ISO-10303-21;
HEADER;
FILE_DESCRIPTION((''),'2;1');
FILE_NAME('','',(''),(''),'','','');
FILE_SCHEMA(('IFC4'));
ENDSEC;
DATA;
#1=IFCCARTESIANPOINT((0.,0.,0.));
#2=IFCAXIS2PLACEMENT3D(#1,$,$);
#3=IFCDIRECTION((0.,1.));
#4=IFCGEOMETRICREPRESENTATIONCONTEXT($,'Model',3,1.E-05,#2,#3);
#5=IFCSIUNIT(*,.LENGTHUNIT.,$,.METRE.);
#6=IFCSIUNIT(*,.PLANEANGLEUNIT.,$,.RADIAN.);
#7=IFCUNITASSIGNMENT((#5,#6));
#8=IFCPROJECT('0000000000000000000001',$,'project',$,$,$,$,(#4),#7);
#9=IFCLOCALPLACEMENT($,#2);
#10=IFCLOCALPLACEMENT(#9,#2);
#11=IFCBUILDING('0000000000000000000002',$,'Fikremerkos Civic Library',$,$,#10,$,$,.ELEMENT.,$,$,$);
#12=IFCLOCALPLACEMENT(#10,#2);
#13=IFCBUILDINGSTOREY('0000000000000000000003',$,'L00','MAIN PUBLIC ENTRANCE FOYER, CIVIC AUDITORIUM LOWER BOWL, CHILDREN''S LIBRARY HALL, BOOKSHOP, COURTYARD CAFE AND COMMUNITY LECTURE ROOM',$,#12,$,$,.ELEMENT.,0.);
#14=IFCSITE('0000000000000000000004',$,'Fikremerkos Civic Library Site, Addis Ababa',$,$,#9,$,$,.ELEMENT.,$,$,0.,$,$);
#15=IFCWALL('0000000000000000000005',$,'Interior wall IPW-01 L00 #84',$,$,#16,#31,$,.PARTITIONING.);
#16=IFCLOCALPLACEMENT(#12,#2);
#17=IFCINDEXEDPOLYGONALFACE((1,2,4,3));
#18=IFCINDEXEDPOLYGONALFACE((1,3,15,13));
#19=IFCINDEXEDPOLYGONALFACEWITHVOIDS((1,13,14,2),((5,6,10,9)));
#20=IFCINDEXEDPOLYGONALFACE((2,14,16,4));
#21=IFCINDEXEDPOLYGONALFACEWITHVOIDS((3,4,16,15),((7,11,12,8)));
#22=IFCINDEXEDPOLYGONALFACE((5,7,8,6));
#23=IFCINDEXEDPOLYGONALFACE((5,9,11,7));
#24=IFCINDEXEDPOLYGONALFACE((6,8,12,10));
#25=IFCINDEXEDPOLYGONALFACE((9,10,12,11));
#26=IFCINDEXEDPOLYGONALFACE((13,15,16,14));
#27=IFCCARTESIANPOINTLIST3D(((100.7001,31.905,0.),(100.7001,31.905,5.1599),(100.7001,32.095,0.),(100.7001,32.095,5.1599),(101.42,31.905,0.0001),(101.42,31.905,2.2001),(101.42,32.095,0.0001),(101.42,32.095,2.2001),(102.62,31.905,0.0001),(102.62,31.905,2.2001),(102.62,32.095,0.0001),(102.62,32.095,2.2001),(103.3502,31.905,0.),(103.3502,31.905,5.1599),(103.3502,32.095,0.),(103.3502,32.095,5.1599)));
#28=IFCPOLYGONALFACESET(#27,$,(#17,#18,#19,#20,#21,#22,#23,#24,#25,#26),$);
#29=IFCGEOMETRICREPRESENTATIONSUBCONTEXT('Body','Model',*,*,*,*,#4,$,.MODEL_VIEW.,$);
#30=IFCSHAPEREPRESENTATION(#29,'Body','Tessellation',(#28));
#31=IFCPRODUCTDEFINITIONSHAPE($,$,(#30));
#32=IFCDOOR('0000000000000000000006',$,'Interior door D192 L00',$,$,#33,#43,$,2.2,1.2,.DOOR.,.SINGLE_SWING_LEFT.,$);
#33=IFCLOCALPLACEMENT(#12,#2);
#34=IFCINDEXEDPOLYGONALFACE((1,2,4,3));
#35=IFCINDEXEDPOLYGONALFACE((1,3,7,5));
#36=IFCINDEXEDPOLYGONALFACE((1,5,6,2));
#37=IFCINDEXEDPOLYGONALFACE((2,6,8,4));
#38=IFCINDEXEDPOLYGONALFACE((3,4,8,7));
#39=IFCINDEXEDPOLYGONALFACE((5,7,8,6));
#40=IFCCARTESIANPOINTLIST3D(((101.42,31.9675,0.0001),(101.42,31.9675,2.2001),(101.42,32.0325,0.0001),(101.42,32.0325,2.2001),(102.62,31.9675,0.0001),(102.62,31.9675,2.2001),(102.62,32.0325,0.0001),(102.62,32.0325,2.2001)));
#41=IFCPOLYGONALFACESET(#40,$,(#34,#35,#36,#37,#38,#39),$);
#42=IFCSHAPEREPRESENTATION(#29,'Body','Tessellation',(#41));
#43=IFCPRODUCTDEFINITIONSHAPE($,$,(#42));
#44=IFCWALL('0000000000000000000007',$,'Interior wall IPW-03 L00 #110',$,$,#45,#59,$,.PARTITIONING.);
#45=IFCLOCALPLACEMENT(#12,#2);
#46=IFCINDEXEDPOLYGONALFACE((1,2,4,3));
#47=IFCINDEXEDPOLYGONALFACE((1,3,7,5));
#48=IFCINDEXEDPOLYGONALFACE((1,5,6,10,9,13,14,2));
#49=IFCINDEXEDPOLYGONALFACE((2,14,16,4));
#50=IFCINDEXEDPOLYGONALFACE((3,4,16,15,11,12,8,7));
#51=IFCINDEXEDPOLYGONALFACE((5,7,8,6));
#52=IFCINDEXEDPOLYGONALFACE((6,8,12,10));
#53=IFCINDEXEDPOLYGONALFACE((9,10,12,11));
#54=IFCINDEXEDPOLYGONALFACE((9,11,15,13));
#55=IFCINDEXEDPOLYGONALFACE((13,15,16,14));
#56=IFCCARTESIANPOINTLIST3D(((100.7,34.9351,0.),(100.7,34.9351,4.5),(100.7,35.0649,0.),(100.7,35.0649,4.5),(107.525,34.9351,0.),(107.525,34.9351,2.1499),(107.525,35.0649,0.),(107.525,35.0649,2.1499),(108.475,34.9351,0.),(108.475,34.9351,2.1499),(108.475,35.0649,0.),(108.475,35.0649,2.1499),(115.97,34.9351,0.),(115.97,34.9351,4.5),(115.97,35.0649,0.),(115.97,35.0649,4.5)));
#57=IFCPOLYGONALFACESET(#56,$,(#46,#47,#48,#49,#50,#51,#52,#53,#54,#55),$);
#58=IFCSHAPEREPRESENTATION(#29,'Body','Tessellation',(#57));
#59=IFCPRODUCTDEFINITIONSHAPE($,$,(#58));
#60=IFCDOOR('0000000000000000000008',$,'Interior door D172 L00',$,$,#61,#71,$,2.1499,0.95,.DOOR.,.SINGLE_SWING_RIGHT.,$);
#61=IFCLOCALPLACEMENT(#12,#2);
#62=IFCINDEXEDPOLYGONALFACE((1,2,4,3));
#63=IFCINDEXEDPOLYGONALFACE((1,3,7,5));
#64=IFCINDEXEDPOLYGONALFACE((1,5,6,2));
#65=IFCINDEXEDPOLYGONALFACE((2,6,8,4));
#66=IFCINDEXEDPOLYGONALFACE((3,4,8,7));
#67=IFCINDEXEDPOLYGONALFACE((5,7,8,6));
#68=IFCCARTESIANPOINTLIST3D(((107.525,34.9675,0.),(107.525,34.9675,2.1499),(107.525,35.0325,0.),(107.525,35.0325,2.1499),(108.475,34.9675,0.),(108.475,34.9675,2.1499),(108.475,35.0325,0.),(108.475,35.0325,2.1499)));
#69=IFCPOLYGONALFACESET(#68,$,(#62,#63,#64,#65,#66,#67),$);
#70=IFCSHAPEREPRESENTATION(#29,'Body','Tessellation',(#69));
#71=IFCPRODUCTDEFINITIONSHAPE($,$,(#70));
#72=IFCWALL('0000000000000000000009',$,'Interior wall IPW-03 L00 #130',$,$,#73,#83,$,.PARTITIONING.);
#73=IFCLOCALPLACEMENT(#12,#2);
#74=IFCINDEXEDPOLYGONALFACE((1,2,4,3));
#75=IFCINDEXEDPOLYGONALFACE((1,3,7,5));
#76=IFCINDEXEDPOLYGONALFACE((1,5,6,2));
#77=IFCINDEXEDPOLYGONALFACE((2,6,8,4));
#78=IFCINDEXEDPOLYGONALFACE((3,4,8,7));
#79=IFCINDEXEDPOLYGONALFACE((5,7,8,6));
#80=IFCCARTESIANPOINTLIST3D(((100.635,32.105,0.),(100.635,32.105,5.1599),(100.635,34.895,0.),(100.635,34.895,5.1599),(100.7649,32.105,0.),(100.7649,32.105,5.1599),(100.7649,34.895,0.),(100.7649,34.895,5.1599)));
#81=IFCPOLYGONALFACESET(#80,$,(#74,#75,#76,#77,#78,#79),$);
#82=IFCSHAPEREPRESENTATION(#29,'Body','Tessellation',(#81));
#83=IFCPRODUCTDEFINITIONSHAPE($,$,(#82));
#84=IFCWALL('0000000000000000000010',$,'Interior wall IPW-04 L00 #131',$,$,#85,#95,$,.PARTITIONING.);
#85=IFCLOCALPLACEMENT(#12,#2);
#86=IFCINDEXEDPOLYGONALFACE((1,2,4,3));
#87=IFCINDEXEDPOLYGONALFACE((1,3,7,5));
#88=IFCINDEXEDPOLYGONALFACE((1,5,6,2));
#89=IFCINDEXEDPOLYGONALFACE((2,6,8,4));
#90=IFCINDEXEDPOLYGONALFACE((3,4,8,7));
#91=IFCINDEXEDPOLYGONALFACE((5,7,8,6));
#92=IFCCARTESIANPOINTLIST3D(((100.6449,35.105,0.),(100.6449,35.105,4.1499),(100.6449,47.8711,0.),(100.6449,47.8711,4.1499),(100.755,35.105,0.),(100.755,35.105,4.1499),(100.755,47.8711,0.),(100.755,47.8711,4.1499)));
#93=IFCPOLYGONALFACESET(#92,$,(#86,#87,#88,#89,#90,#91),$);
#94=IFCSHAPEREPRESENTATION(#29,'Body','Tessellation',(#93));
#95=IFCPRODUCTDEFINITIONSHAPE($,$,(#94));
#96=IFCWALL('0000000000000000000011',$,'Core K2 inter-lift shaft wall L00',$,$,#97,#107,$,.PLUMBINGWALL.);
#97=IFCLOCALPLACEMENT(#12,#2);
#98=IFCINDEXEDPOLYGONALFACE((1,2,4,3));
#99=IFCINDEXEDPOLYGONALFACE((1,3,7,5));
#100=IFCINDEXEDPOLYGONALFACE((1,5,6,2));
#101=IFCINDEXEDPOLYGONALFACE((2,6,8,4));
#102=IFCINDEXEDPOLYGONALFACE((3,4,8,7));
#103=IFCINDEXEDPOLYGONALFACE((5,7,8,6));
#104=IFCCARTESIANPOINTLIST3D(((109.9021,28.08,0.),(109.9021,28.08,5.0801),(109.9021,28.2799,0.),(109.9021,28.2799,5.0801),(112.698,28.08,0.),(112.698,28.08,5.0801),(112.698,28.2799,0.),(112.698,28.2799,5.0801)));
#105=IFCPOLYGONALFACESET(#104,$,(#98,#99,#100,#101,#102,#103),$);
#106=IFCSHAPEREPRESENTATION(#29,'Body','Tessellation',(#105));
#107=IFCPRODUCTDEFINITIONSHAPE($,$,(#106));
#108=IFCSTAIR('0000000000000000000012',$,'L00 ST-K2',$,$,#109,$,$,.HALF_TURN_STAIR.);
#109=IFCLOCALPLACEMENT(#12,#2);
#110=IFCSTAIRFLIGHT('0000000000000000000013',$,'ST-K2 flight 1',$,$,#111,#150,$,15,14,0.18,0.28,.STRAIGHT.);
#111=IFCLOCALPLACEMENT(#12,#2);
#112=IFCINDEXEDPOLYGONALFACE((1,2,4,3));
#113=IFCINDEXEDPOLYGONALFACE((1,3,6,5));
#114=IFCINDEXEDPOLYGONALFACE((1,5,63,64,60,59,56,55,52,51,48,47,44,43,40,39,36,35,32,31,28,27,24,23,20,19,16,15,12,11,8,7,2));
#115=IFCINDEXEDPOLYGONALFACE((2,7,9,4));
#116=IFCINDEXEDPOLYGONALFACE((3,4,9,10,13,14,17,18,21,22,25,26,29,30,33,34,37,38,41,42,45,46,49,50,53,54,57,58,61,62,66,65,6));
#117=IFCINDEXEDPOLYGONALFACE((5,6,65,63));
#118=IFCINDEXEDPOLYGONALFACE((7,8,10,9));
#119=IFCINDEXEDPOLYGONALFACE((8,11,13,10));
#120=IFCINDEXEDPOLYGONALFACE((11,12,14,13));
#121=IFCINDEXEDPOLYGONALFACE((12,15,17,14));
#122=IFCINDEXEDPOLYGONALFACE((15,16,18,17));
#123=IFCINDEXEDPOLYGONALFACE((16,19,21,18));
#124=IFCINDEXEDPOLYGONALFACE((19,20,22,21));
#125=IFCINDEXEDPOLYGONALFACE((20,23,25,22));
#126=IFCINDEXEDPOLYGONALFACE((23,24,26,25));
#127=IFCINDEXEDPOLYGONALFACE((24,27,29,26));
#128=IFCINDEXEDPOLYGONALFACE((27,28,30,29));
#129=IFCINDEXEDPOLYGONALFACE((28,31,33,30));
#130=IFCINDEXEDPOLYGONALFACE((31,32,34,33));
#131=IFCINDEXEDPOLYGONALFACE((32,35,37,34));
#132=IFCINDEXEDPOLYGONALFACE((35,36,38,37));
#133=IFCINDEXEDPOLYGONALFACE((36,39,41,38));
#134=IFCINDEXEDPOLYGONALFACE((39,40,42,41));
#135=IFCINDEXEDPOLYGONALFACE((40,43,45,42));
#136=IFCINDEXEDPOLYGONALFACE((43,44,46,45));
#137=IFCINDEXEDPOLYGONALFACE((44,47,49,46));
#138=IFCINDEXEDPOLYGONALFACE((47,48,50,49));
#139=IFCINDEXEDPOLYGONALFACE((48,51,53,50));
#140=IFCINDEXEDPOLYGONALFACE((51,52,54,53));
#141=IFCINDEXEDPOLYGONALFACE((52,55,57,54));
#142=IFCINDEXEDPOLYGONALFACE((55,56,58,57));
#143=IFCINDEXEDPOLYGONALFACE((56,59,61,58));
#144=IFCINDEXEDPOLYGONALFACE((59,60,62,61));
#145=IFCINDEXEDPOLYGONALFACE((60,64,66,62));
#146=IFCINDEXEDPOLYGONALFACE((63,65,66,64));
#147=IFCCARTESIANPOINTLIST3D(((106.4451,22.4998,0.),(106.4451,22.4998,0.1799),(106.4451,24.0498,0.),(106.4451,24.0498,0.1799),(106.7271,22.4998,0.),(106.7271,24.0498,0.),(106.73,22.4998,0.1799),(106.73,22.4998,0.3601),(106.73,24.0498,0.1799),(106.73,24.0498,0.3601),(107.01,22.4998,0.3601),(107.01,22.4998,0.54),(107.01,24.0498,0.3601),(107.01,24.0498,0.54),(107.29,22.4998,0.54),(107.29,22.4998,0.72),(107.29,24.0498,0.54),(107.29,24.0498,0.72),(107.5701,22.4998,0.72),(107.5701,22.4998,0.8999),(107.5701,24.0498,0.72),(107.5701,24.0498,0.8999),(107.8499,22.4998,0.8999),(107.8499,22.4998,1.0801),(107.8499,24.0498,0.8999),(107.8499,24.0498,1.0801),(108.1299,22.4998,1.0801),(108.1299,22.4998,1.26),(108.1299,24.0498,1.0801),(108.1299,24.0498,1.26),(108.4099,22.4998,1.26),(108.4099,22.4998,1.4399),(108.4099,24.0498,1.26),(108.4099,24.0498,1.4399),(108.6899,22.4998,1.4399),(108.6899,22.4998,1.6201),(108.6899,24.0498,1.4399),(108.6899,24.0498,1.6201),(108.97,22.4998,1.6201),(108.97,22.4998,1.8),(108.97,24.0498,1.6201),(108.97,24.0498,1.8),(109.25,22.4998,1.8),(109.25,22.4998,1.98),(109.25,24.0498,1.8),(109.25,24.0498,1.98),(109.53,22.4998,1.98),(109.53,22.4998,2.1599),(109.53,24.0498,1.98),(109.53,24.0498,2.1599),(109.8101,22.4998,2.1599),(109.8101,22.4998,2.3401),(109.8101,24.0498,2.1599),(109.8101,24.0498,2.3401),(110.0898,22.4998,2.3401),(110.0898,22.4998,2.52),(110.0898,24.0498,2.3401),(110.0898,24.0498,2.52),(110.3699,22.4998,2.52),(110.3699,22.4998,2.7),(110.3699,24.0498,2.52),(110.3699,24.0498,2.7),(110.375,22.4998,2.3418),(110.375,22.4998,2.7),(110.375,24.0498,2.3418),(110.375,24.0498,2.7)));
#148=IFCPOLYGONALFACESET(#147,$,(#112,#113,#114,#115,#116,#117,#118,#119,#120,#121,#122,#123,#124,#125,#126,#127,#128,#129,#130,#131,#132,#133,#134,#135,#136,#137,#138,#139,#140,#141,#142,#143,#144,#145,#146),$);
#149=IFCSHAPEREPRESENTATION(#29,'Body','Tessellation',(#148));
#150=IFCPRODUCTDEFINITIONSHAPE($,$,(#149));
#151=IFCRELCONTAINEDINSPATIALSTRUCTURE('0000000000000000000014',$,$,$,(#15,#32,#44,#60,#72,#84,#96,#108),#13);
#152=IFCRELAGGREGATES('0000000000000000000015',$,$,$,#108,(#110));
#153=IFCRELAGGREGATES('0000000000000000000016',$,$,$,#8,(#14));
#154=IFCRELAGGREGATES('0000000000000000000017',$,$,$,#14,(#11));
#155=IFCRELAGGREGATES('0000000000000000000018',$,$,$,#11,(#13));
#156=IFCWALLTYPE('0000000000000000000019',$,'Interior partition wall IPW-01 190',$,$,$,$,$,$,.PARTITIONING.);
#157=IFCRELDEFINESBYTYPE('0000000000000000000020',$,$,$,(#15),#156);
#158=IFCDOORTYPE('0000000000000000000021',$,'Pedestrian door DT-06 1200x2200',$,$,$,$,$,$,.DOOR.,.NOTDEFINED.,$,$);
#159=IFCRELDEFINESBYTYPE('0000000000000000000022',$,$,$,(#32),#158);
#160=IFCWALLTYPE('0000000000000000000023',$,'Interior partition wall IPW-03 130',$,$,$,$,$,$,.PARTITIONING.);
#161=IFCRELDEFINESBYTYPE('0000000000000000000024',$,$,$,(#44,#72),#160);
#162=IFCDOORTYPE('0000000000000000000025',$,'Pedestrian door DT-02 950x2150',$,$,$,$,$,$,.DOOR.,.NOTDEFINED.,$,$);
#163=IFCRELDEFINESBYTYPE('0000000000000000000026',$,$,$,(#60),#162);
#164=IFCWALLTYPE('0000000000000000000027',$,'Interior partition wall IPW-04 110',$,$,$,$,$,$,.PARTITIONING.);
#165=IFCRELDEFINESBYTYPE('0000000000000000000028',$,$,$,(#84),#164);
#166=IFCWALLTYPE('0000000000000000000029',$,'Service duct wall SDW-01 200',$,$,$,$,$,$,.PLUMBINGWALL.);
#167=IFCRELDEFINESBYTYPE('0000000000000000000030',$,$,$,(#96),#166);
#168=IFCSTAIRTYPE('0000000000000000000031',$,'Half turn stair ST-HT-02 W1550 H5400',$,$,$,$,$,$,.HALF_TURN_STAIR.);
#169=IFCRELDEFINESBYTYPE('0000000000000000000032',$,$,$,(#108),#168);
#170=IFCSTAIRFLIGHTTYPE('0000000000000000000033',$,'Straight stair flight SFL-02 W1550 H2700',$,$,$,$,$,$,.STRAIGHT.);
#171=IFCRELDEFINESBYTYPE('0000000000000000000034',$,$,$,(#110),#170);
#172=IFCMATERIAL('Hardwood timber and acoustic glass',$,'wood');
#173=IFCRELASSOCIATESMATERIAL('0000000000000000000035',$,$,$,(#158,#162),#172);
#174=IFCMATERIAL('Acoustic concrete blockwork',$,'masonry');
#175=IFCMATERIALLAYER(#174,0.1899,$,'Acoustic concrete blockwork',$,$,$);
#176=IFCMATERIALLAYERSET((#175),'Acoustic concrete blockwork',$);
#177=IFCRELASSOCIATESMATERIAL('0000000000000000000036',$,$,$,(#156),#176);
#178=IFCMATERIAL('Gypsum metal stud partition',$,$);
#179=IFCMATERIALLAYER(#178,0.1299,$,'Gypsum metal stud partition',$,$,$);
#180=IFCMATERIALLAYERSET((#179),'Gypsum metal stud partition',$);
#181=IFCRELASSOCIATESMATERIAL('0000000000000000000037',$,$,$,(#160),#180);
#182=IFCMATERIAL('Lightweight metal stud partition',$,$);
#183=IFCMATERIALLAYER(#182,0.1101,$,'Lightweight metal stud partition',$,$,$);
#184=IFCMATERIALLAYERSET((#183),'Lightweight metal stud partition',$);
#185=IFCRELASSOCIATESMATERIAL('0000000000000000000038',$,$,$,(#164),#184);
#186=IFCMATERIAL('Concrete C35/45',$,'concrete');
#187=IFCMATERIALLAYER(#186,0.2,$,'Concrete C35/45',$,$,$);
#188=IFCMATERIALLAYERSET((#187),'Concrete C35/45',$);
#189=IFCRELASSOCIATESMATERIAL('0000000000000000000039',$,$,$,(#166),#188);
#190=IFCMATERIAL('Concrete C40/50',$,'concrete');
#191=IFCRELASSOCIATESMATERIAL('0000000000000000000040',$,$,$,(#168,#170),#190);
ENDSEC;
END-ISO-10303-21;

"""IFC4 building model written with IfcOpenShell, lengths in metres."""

from ifc_helpers import new_model, si_unit, direction, frame, frame_2d, origin, place, context, subcontext, project, spatial, polyline, rectangle, outline, extrude, material, layer, layer_set, type_object, element, fill, aggregate, save


model = new_model("IFC4")

# Units and contexts
model_context = context("Model", 3, precision=1e-05, world=origin(), true_north=direction((0.0, 1.0)))
body_context = subcontext(model_context, "Body", "Model", "MODEL_VIEW")
ifc_project = project(units=[si_unit("LENGTHUNIT", "METRE"), si_unit("PLANEANGLEUNIT", "RADIAN")], contexts=[model_context])

# Site, building, storey
site_placement = place(None, origin())
site = spatial("IfcSite", under=ifc_project, at=site_placement, Name="Fikremerkos Civic Library Site, Addis Ababa", CompositionType="ELEMENT", RefElevation=0.0)
building_placement = place(site_placement, origin())
building = spatial("IfcBuilding", under=site, at=building_placement, Name="Fikremerkos Civic Library", CompositionType="ELEMENT")
storey_placement = place(building_placement, origin())
storey = spatial("IfcBuildingStorey", under=building, at=storey_placement, Name="L00", Description="MAIN PUBLIC ENTRANCE FOYER, CIVIC AUDITORIUM LOWER BOWL, CHILDREN'S LIBRARY HALL, BOOKSHOP, COURTYARD CAFE AND COMMUNITY LECTURE ROOM", CompositionType="ELEMENT", Elevation=0.0)

# Shared definitions
ifc_material_1 = material(Name="Concrete C40/50", Category="concrete")

# Shared definitions
ifc_material_2 = material(Name="Hardwood timber and acoustic glass", Category="wood")

# Shared definitions
door_type_1 = type_object("IfcDoorType", Name="Pedestrian door DT-06 1200x2200", OperationType="NOTDEFINED", PredefinedType="DOOR", material=ifc_material_2)

# Walls, openings, doors
ifc_material_3 = material(Name="Acoustic concrete blockwork", Category="masonry")
ifc_layer_1 = layer(ifc_material_3, 0.1899, Name="Acoustic concrete blockwork")
ifc_layer_set_1 = layer_set([ifc_layer_1], Name="Acoustic concrete blockwork")
wall_type_1 = type_object("IfcWallType", Name="Interior partition wall IPW-01 190", PredefinedType="PARTITIONING", material=ifc_layer_set_1)
wall_1_placement = place(storey_placement, frame((100.7, 32.0, 0.0), z_axis=(0.0, 0.0, 1.0), x_axis=(1.0, 0.0, 0.0)))
wall_1 = element("IfcWall", 1, at=wall_1_placement, inside=storey, type_object=wall_type_1, Name="Interior wall IPW-01 L00 #84", PredefinedType="PARTITIONING", context=body_context, shape_type="SweptSolid", body=[
    extrude(rectangle(XDim=2.6501, YDim=0.1899, at=frame_2d((1.3252, 0.0))), origin(), (0.0, 0.0, 1.0), 5.1599),
])
opening_1_placement = place(wall_1_placement, frame((0.72, 0.0, 0.0)))
opening_1 = element("IfcOpeningElement", 2, at=opening_1_placement, cuts=wall_1, PredefinedType="OPENING", context=body_context, shape_type="SweptSolid", body=[
    extrude(rectangle(XDim=1.2, YDim=2.2, at=frame_2d((0.6001, 1.1001))), frame((0.0, 0.105, 0.0), z_axis=(0.0, -1.0, 0.0), x_axis=(1.0, 0.0, 0.0)), (0.0, 0.0, 1.0), 0.21),
])
door_1_placement = place(opening_1_placement, origin())
door_1 = element("IfcDoor", 3, at=door_1_placement, inside=storey, type_object=door_type_1, Name="Interior door D192 L00", OperationType="SINGLE_SWING_LEFT", OverallHeight=2.2, OverallWidth=1.2, PredefinedType="DOOR", context=body_context, shape_type="SweptSolid", body=[
    extrude(rectangle(XDim=1.2, YDim=2.2, at=frame_2d((0.6001, 1.1001))), frame((0.0, 0.0325, 0.0), z_axis=(0.0, -1.0, 0.0), x_axis=(1.0, 0.0, 0.0)), (0.0, 0.0, 1.0), 0.0649),
])
fill(opening_1, door_1)
ifc_material_4 = material(Name="Gypsum metal stud partition")
ifc_layer_2 = layer(ifc_material_4, 0.1299, Name="Gypsum metal stud partition")
ifc_layer_set_2 = layer_set([ifc_layer_2], Name="Gypsum metal stud partition")
wall_type_2 = type_object("IfcWallType", Name="Interior partition wall IPW-03 130", PredefinedType="PARTITIONING", material=ifc_layer_set_2)
wall_2_placement = place(storey_placement, frame((100.7, 35.0, 0.0), z_axis=(0.0, 0.0, 1.0), x_axis=(1.0, 0.0, 0.0)))
wall_2 = element("IfcWall", 4, at=wall_2_placement, inside=storey, type_object=wall_type_2, Name="Interior wall IPW-03 L00 #110", PredefinedType="PARTITIONING", context=body_context, shape_type="SweptSolid", body=[
    extrude(rectangle(XDim=15.27, YDim=0.1299, at=frame_2d((7.635, 0.0))), origin(), (0.0, 0.0, 1.0), 4.5),
])
opening_2_placement = place(wall_2_placement, frame((6.825, 0.0, 0.0)))
opening_2 = element("IfcOpeningElement", 5, at=opening_2_placement, cuts=wall_2, PredefinedType="OPENING", context=body_context, shape_type="SweptSolid", body=[
    extrude(rectangle(XDim=0.95, YDim=2.1499, at=frame_2d((0.4751, 1.075))), frame((0.0, 0.075, 0.0), z_axis=(0.0, -1.0, 0.0), x_axis=(1.0, 0.0, 0.0)), (0.0, 0.0, 1.0), 0.1499),
])
door_type_2 = type_object("IfcDoorType", Name="Pedestrian door DT-02 950x2150", OperationType="NOTDEFINED", PredefinedType="DOOR", material=ifc_material_2)
door_2_placement = place(opening_2_placement, origin())
door_2 = element("IfcDoor", 6, at=door_2_placement, inside=storey, type_object=door_type_2, Name="Interior door D172 L00", OperationType="SINGLE_SWING_RIGHT", OverallHeight=2.1499, OverallWidth=0.95, PredefinedType="DOOR", context=body_context, shape_type="SweptSolid", body=[
    extrude(rectangle(XDim=0.95, YDim=2.1499, at=frame_2d((0.4751, 1.075))), frame((0.0, 0.0325, 0.0), z_axis=(0.0, -1.0, 0.0), x_axis=(1.0, 0.0, 0.0)), (0.0, 0.0, 1.0), 0.0649),
])
fill(opening_2, door_2)

# Walls
wall_3_placement = place(storey_placement, frame((100.7, 32.105, 0.0), z_axis=(0.0, 0.0, 1.0), x_axis=(0.0, 1.0, 0.0)))
element("IfcWall", 7, at=wall_3_placement, inside=storey, type_object=wall_type_2, Name="Interior wall IPW-03 L00 #130", PredefinedType="PARTITIONING", context=body_context, shape_type="SweptSolid", body=[
    extrude(rectangle(XDim=2.79, YDim=0.1299, at=frame_2d((1.395, 0.0))), origin(), (0.0, 0.0, 1.0), 5.1599),
])
ifc_material_5 = material(Name="Lightweight metal stud partition")
ifc_layer_3 = layer(ifc_material_5, 0.1101, Name="Lightweight metal stud partition")
ifc_layer_set_3 = layer_set([ifc_layer_3], Name="Lightweight metal stud partition")
wall_type_3 = type_object("IfcWallType", Name="Interior partition wall IPW-04 110", PredefinedType="PARTITIONING", material=ifc_layer_set_3)
wall_4_placement = place(storey_placement, frame((100.7, 35.105, 0.0), z_axis=(0.0, 0.0, 1.0), x_axis=(0.0, 1.0, 0.0)))
element("IfcWall", 8, at=wall_4_placement, inside=storey, type_object=wall_type_3, Name="Interior wall IPW-04 L00 #131", PredefinedType="PARTITIONING", context=body_context, shape_type="SweptSolid", body=[
    extrude(rectangle(XDim=12.7661, YDim=0.1101, at=frame_2d((6.3831, 0.0))), origin(), (0.0, 0.0, 1.0), 4.1499),
])
ifc_material_6 = material(Name="Concrete C35/45", Category="concrete")
ifc_layer_4 = layer(ifc_material_6, 0.2, Name="Concrete C35/45")
ifc_layer_set_4 = layer_set([ifc_layer_4], Name="Concrete C35/45")
wall_type_4 = type_object("IfcWallType", Name="Service duct wall SDW-01 200", PredefinedType="PLUMBINGWALL", material=ifc_layer_set_4)
wall_5_placement = place(storey_placement, frame((109.9021, 28.1799, 0.0), z_axis=(0.0, 0.0, 1.0), x_axis=(1.0, 0.0, 0.0)))
element("IfcWall", 9, at=wall_5_placement, inside=storey, type_object=wall_type_4, Name="Core K2 inter-lift shaft wall L00", PredefinedType="PLUMBINGWALL", context=body_context, shape_type="SweptSolid", body=[
    extrude(rectangle(XDim=2.7959, YDim=0.2, at=frame_2d((1.3979, 0.0))), origin(), (0.0, 0.0, 1.0), 5.0801),
])

# Stair, stair flight
stair_type = type_object("IfcStairType", Name="Half turn stair ST-HT-02 W1550 H5400", PredefinedType="HALF_TURN_STAIR", material=ifc_material_1)
stair_placement = place(storey_placement, origin())
stair = element("IfcStair", 10, at=stair_placement, inside=storey, type_object=stair_type, Name="L00 ST-K2", PredefinedType="HALF_TURN_STAIR")
stair_flight_type = type_object("IfcStairFlightType", Name="Straight stair flight SFL-02 W1550 H2700", PredefinedType="STRAIGHT", material=ifc_material_1)
stair_flight_1_placement = place(storey_placement, frame((106.45, 23.2749, 0.0), z_axis=(0.0, 0.0, 1.0), x_axis=(1.0, 0.0, 0.0)))
stair_flight_1 = element("IfcStairFlight", 11, at=stair_flight_1_placement, type_object=stair_flight_type, Name="ST-K2 flight 1", NumberOfRisers=15, NumberOfTreads=14, PredefinedType="STRAIGHT", RiserHeight=0.18, TreadLength=0.28, context=body_context, shape_type="SweptSolid", body=[
    extrude(outline(polyline([(-0.0049, 0.0), (-0.0049, 0.1799), (0.28, 0.1799), (0.28, 0.3601), (0.5601, 0.3601), (0.5601, 0.54), (0.8401, 0.54), (0.8401, 0.72), (1.1201, 0.72), (1.1201, 0.8999), (1.3999, 0.8999), (1.3999, 1.0801), (1.6799, 1.0801), (1.6799, 1.26), (1.96, 1.26), (1.96, 1.4399), (2.24, 1.4399), (2.24, 1.6201), (2.52, 1.6201), (2.52, 1.8), (2.8, 1.8), (2.8, 1.98), (3.0801, 1.98), (3.0801, 2.1599), (3.3601, 2.1599), (3.3601, 2.3401), (3.6399, 2.3401), (3.6399, 2.52), (3.9199, 2.52), (3.9199, 2.7), (3.925, 2.7), (3.925, 2.3418), (0.2771, 0.0), (-0.0049, 0.0)])), frame((0.0, 0.7749, 0.0), z_axis=(0.0, -1.0, 0.0), x_axis=(1.0, 0.0, 0.0)), (0.0, 0.0, 1.0), 1.55),
])
aggregate(stair, [stair_flight_1])

save(model, "model.ifc")
